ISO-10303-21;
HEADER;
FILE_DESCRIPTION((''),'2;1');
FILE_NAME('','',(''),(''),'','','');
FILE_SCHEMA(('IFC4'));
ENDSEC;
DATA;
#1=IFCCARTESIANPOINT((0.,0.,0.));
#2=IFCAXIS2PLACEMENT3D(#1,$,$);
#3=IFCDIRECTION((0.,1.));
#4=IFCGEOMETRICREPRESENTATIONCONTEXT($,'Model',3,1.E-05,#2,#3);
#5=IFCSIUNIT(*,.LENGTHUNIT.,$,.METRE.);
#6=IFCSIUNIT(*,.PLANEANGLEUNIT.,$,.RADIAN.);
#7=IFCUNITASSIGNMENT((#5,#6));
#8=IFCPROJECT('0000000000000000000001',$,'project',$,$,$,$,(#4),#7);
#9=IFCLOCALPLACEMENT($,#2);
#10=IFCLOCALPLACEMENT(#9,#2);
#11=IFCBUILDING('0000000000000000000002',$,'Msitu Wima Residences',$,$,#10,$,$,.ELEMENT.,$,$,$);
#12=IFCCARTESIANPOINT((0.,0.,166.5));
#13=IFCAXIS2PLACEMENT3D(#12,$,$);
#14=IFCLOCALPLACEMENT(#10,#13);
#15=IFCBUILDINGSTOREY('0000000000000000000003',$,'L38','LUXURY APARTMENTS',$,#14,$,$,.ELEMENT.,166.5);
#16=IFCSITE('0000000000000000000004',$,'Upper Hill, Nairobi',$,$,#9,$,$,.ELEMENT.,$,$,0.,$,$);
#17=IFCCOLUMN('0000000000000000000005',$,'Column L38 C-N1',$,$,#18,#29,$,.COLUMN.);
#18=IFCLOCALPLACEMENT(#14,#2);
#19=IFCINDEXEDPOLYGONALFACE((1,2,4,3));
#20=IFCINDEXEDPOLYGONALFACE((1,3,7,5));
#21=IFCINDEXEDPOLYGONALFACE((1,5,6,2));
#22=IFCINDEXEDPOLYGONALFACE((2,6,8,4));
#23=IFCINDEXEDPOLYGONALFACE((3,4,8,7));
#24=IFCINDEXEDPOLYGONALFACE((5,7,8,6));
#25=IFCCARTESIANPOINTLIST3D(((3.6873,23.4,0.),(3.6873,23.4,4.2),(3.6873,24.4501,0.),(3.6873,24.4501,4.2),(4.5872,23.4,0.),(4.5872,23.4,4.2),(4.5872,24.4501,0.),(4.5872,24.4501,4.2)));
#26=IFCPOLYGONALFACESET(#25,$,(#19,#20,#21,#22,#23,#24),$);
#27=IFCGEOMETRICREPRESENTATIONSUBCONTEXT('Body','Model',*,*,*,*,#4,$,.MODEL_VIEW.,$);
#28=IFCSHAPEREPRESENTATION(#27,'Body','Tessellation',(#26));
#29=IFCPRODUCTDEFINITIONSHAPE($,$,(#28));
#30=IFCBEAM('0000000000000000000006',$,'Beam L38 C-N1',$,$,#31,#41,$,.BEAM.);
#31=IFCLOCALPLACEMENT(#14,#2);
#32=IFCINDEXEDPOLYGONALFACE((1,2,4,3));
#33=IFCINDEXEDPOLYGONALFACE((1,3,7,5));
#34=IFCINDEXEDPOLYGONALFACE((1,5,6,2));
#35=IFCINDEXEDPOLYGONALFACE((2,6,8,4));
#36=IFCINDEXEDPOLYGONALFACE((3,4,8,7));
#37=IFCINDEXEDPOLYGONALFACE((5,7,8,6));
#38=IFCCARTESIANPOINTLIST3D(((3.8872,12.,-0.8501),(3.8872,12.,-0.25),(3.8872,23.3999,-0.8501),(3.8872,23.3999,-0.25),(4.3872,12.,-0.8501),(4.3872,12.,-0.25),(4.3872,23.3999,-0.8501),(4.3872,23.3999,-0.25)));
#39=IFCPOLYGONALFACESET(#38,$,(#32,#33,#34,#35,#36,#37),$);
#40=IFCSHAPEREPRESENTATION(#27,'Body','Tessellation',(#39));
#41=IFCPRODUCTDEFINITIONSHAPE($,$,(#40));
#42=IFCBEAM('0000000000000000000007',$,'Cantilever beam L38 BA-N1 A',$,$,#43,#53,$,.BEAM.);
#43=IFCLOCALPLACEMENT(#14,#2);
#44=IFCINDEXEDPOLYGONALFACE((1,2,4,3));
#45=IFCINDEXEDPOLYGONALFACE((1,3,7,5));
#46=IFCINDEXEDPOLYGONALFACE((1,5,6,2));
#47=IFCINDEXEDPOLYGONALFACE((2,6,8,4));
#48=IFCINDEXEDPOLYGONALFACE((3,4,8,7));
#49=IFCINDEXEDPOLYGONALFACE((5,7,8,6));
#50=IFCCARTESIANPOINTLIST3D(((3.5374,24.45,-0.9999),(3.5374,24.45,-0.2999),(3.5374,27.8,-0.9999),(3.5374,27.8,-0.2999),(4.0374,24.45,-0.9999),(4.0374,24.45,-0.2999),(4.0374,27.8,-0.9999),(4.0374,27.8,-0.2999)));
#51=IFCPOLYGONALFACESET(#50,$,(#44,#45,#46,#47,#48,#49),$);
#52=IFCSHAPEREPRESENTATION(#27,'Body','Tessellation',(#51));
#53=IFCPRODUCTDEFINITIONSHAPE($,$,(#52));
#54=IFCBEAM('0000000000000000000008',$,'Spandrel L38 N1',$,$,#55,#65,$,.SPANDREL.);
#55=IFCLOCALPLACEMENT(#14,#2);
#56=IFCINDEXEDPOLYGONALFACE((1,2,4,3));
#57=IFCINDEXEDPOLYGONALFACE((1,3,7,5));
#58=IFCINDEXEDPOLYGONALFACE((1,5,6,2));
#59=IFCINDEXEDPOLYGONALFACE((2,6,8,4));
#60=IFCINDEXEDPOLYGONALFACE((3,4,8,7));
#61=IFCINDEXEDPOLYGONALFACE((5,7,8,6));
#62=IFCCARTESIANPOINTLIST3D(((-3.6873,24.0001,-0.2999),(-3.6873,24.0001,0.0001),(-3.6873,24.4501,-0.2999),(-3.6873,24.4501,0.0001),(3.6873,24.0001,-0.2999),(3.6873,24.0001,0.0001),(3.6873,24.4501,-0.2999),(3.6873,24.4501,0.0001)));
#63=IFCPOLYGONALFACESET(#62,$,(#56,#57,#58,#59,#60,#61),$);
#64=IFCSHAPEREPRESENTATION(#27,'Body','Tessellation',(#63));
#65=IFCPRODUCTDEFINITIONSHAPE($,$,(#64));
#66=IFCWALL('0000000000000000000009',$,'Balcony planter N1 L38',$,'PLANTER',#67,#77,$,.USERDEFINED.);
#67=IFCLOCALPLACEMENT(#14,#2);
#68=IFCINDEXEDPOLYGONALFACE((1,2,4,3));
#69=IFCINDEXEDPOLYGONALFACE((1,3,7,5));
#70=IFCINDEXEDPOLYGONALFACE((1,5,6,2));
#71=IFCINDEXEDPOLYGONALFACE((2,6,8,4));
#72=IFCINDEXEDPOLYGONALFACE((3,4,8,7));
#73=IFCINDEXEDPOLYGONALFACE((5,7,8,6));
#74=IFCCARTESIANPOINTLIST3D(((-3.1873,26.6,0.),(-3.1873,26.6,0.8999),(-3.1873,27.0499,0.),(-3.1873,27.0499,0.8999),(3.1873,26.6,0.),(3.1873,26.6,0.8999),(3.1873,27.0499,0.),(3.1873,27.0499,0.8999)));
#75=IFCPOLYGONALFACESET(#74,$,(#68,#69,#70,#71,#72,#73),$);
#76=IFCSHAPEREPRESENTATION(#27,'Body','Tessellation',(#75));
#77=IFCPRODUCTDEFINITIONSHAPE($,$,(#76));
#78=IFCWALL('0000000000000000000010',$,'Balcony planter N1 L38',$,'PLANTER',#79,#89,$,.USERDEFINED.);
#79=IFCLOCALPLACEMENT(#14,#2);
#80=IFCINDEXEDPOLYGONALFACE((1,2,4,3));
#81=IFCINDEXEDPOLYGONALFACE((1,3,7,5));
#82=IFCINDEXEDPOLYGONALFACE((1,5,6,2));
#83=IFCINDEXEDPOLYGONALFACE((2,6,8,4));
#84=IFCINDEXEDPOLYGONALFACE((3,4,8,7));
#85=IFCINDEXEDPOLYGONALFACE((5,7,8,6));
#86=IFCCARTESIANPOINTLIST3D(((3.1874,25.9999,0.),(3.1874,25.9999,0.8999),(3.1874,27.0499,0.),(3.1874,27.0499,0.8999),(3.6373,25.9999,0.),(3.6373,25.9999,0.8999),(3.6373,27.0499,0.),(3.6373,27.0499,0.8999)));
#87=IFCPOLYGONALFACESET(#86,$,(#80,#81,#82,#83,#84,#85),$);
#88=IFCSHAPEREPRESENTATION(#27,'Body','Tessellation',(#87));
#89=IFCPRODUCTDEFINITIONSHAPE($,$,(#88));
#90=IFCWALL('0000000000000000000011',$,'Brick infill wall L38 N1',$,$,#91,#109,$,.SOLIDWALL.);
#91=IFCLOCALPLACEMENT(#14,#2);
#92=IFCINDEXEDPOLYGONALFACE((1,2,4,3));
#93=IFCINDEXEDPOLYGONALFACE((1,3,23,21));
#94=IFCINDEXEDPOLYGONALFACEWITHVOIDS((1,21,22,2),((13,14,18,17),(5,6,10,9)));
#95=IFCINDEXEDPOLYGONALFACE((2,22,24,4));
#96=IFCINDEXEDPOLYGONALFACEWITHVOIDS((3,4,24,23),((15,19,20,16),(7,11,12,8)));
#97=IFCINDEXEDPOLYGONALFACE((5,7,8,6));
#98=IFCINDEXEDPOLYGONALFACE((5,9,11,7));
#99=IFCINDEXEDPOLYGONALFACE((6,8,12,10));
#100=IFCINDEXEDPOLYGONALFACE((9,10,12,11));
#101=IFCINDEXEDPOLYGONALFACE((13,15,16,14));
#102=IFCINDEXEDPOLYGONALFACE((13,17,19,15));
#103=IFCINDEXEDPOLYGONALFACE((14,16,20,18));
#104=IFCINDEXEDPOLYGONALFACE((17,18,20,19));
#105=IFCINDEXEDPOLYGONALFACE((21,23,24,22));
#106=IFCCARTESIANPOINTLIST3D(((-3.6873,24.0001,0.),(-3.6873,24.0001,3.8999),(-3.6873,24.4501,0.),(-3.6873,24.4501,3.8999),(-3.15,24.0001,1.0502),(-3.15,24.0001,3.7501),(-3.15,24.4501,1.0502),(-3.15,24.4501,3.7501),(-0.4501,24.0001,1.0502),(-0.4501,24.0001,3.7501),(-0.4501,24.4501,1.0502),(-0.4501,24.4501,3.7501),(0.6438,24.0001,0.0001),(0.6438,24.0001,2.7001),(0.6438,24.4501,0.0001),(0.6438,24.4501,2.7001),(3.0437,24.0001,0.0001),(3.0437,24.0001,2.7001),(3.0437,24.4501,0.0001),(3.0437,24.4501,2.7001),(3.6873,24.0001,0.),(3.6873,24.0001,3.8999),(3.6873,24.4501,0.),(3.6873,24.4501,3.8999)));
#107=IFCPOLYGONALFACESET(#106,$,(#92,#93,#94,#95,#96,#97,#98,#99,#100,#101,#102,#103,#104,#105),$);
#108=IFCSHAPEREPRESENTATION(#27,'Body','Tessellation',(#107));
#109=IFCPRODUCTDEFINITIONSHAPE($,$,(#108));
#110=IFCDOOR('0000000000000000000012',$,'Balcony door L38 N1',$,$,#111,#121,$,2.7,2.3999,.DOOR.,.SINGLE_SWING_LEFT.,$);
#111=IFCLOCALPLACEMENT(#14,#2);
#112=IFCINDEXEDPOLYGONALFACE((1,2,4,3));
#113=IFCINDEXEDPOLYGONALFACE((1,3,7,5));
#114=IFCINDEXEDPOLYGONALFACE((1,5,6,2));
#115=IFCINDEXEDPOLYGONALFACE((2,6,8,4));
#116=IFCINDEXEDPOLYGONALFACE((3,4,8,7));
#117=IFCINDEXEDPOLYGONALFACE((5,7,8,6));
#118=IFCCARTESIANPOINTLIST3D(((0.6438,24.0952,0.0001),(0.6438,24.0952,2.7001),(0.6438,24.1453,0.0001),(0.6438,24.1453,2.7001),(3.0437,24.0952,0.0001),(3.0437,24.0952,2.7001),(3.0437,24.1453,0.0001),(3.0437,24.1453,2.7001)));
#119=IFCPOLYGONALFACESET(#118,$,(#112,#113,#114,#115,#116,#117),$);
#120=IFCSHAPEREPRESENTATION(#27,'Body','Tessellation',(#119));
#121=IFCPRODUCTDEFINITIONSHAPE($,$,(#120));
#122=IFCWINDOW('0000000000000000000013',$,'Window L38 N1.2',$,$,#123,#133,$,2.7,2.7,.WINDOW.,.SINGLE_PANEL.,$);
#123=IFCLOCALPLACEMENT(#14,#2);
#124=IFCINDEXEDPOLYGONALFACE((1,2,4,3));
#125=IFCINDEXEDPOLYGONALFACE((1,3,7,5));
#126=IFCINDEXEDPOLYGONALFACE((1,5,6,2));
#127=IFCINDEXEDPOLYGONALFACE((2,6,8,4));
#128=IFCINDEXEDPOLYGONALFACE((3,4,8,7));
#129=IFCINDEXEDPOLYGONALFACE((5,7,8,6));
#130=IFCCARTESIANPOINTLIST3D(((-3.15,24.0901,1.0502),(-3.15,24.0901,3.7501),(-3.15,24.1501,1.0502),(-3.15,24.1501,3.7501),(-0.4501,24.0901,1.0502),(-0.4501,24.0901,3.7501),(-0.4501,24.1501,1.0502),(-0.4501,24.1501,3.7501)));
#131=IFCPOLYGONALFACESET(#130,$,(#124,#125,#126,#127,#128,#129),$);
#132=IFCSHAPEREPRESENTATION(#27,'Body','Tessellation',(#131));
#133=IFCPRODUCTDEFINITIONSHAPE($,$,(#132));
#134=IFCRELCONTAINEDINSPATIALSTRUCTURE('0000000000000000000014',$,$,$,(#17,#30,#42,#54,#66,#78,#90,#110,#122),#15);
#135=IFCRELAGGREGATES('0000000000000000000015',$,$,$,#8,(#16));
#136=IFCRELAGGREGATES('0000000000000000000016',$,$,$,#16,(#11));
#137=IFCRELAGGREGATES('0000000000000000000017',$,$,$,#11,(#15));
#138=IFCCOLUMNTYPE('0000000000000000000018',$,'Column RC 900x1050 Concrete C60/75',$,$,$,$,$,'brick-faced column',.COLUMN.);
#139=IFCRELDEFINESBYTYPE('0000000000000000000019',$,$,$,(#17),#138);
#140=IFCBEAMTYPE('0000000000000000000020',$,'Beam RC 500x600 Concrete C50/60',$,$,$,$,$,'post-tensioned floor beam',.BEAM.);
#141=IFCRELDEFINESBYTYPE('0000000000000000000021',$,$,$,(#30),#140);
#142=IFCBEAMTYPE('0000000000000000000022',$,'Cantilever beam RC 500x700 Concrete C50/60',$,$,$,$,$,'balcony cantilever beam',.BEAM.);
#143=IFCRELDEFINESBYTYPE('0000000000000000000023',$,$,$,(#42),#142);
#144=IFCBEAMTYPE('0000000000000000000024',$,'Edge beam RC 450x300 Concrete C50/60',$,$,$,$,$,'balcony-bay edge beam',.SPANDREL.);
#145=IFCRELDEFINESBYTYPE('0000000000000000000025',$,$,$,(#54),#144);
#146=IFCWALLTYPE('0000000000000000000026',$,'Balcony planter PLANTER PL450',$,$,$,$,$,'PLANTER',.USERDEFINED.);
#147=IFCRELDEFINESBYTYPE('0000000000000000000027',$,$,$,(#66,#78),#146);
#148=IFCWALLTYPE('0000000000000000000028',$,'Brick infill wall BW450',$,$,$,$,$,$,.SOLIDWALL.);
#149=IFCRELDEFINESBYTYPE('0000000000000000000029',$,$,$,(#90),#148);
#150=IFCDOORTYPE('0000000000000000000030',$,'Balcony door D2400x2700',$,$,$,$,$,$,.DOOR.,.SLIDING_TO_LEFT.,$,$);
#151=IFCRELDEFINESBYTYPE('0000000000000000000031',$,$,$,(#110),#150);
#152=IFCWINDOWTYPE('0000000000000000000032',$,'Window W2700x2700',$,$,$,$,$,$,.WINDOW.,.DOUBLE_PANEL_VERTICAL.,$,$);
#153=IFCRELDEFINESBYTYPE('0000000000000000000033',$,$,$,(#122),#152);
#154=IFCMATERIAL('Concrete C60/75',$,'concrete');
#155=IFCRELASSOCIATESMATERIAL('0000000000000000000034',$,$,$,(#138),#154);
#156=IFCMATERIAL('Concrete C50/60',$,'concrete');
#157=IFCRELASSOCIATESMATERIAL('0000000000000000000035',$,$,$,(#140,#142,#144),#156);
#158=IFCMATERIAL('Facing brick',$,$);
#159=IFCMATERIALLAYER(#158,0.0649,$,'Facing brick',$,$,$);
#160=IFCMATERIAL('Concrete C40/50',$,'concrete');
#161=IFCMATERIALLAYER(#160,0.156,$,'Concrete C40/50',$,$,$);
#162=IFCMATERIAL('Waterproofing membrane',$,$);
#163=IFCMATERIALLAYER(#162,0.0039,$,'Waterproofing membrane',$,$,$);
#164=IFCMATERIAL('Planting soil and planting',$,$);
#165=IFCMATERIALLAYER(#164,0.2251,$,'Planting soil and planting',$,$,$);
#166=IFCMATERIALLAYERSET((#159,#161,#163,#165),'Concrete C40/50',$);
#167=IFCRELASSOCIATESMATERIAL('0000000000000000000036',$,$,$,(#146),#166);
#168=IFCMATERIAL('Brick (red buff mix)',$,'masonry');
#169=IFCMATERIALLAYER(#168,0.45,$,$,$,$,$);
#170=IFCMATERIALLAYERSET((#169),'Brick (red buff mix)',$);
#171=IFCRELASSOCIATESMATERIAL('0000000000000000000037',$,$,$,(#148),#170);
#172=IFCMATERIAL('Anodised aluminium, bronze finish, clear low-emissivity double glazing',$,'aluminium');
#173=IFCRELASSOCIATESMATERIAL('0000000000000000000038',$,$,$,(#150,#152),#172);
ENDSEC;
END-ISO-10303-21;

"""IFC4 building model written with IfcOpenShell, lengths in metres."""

from ifc_helpers import new_model, si_unit, direction, frame, frame_2d, origin, origin_2d, place, context, subcontext, project, spatial, rectangle, extrude, material, layer, layer_set, material_profile, profile_set, type_object, element, fill, save


model = new_model("IFC4")

# Units and contexts
model_context = context("Model", 3, precision=1e-05, world=origin(), true_north=direction((0.0, 1.0)))
body_context = subcontext(model_context, "Body", "Model", "MODEL_VIEW")
ifc_project = project(units=[si_unit("LENGTHUNIT", "METRE"), si_unit("PLANEANGLEUNIT", "RADIAN")], contexts=[model_context])

# Site, building, storey
site_placement = place(None, origin())
site = spatial("IfcSite", under=ifc_project, at=site_placement, Name="Upper Hill, Nairobi", CompositionType="ELEMENT", RefElevation=0.0)
building_placement = place(site_placement, origin())
building = spatial("IfcBuilding", under=site, at=building_placement, Name="Msitu Wima Residences", CompositionType="ELEMENT")
storey_placement = place(building_placement, frame((0.0, 0.0, 166.5)))
storey = spatial("IfcBuildingStorey", under=building, at=storey_placement, Name="L38", Description="LUXURY APARTMENTS", CompositionType="ELEMENT", Elevation=166.5)

# Column
ifc_material_1 = material(Name="Concrete C60/75", Category="concrete")
ifc_material_profile_1 = material_profile(ifc_material_1, rectangle(XDim=0.8999, YDim=1.05, at=origin_2d()), Name="RC 900x1050")
ifc_profile_set_1 = profile_set([ifc_material_profile_1], Name="Concrete C60/75")
column_type = type_object("IfcColumnType", Name="Column RC 900x1050 Concrete C60/75", ElementType="brick-faced column", PredefinedType="COLUMN", material=ifc_profile_set_1)
column_placement = place(storey_placement, frame((4.1372, 23.925, 0.0), z_axis=(0.0, 0.0, 1.0), x_axis=(-1.0, 0.0, 0.0)))
element("IfcColumn", 1, at=column_placement, inside=storey, type_object=column_type, Name="Column L38 C-N1", PredefinedType="COLUMN", context=body_context, shape_type="SweptSolid", body=[
    extrude(rectangle(XDim=0.8999, YDim=1.05, at=origin_2d()), origin(), (0.0, 0.0, 1.0), 4.2),
])

# Beams
ifc_material_2 = material(Name="Concrete C50/60", Category="concrete")
ifc_material_profile_2 = material_profile(ifc_material_2, rectangle(XDim=0.5, YDim=0.6001, at=origin_2d()), Name="RC 500x600")
ifc_profile_set_2 = profile_set([ifc_material_profile_2], Name="Concrete C50/60")
beam_type_1 = type_object("IfcBeamType", Name="Beam RC 500x600 Concrete C50/60", ElementType="post-tensioned floor beam", PredefinedType="BEAM", material=ifc_profile_set_2)
beam_1_placement = place(storey_placement, frame((4.1372, 23.3999, -0.55), z_axis=(0.0, -1.0, 0.0), x_axis=(1.0, 0.0, 0.0)))
element("IfcBeam", 2, at=beam_1_placement, inside=storey, type_object=beam_type_1, Name="Beam L38 C-N1", PredefinedType="BEAM", context=body_context, shape_type="SweptSolid", body=[
    extrude(rectangle(XDim=0.5, YDim=0.6001, at=origin_2d()), origin(), (0.0, 0.0, 1.0), 11.3999),
])
ifc_material_profile_3 = material_profile(ifc_material_2, rectangle(XDim=0.5, YDim=0.7, at=origin_2d()), Name="RC 500x700")
ifc_profile_set_3 = profile_set([ifc_material_profile_3], Name="Concrete C50/60")
beam_type_2 = type_object("IfcBeamType", Name="Cantilever beam RC 500x700 Concrete C50/60", ElementType="balcony cantilever beam", PredefinedType="BEAM", material=ifc_profile_set_3)
beam_2_placement = place(storey_placement, frame((3.7874, 24.45, -0.6499), z_axis=(0.0, 1.0, 0.0), x_axis=(-1.0, 0.0, 0.0)))
element("IfcBeam", 3, at=beam_2_placement, inside=storey, type_object=beam_type_2, Name="Cantilever beam L38 BA-N1 A", PredefinedType="BEAM", context=body_context, shape_type="SweptSolid", body=[
    extrude(rectangle(XDim=0.5, YDim=0.7, at=origin_2d()), origin(), (0.0, 0.0, 1.0), 3.3501),
])
ifc_material_profile_4 = material_profile(ifc_material_2, rectangle(XDim=0.45, YDim=0.3, at=origin_2d()), Name="RC 450x300")
ifc_profile_set_4 = profile_set([ifc_material_profile_4], Name="Concrete C50/60")
beam_type_3 = type_object("IfcBeamType", Name="Edge beam RC 450x300 Concrete C50/60", ElementType="balcony-bay edge beam", PredefinedType="SPANDREL", material=ifc_profile_set_4)
beam_3_placement = place(storey_placement, frame((3.6873, 24.2251, -0.1499), z_axis=(-1.0, 0.0, 0.0), x_axis=(0.0, -1.0, 0.0)))
element("IfcBeam", 4, at=beam_3_placement, inside=storey, type_object=beam_type_3, Name="Spandrel L38 N1", PredefinedType="SPANDREL", context=body_context, shape_type="SweptSolid", body=[
    extrude(rectangle(XDim=0.45, YDim=0.3, at=origin_2d()), origin(), (0.0, 0.0, 1.0), 7.3745),
])

# Walls
ifc_material_3 = material(Name="Facing brick")
ifc_layer_1 = layer(ifc_material_3, 0.0649, Name="Facing brick")
ifc_material_4 = material(Name="Concrete C40/50", Category="concrete")
ifc_layer_2 = layer(ifc_material_4, 0.156, Name="Concrete C40/50")
ifc_material_5 = material(Name="Waterproofing membrane")
ifc_layer_3 = layer(ifc_material_5, 0.0039, Name="Waterproofing membrane")
ifc_material_6 = material(Name="Planting soil and planting")
ifc_layer_4 = layer(ifc_material_6, 0.2251, Name="Planting soil and planting")
ifc_layer_set_1 = layer_set([ifc_layer_1, ifc_layer_2, ifc_layer_3, ifc_layer_4], Name="Concrete C40/50")
wall_type_1 = type_object("IfcWallType", Name="Balcony planter PLANTER PL450", ElementType="PLANTER", PredefinedType="USERDEFINED", material=ifc_layer_set_1)
wall_1_placement = place(storey_placement, frame((3.1873, 26.825, 0.0), z_axis=(0.0, 0.0, 1.0), x_axis=(-1.0, 0.0, 0.0)))
element("IfcWall", 5, at=wall_1_placement, inside=storey, type_object=wall_type_1, Name="Balcony planter N1 L38", ObjectType="PLANTER", PredefinedType="USERDEFINED", context=body_context, shape_type="SweptSolid", body=[
    extrude(rectangle(XDim=6.3745, YDim=0.45, at=frame_2d((3.1873, 0.0))), origin(), (0.0, 0.0, 1.0), 0.8999),
])
wall_2_placement = place(storey_placement, frame((3.4124, 26.0, 0.0), z_axis=(0.0, 0.0, 1.0), x_axis=(0.0, 1.0, 0.0)))
element("IfcWall", 6, at=wall_2_placement, inside=storey, type_object=wall_type_1, Name="Balcony planter N1 L38", ObjectType="PLANTER", PredefinedType="USERDEFINED", context=body_context, shape_type="SweptSolid", body=[
    extrude(rectangle(XDim=1.05, YDim=0.45, at=frame_2d((0.5249, 0.0))), origin(), (0.0, 0.0, 1.0), 0.8999),
])

# Wall, openings, door, window
ifc_material_7 = material(Name="Brick (red buff mix)", Category="masonry")
ifc_layer_5 = layer(ifc_material_7, 0.45)
ifc_layer_set_2 = layer_set([ifc_layer_5], Name="Brick (red buff mix)")
wall_type_2 = type_object("IfcWallType", Name="Brick infill wall BW450", PredefinedType="SOLIDWALL", material=ifc_layer_set_2)
wall_3_placement = place(storey_placement, frame((3.6873, 24.2251, 0.0), z_axis=(0.0, 0.0, 1.0), x_axis=(-1.0, 0.0, 0.0)))
wall_3 = element("IfcWall", 7, at=wall_3_placement, inside=storey, type_object=wall_type_2, Name="Brick infill wall L38 N1", PredefinedType="SOLIDWALL", context=body_context, shape_type="SweptSolid", body=[
    extrude(rectangle(XDim=7.3745, YDim=0.45, at=frame_2d((3.6873, 0.0))), origin(), (0.0, 0.0, 1.0), 3.8999),
])
opening_1_placement = place(wall_3_placement, frame((0.6436, 0.0, 0.0)))
opening_1 = element("IfcOpeningElement", 8, at=opening_1_placement, cuts=wall_3, PredefinedType="OPENING", context=body_context, shape_type="SweptSolid", body=[
    extrude(rectangle(XDim=2.3999, YDim=2.7, at=frame_2d((1.2, 1.3501))), frame((0.0, 0.2349, 0.0), z_axis=(0.0, -1.0, 0.0), x_axis=(1.0, 0.0, 0.0)), (0.0, 0.0, 1.0), 0.47),
])
opening_2_placement = place(wall_3_placement, frame((4.1372, 0.0, 1.05)))
opening_2 = element("IfcOpeningElement", 9, at=opening_2_placement, cuts=wall_3, PredefinedType="OPENING", context=body_context, shape_type="SweptSolid", body=[
    extrude(rectangle(XDim=2.7, YDim=2.7, at=frame_2d((1.3501, 1.3501))), frame((0.0, 0.2349, 0.0), z_axis=(0.0, -1.0, 0.0), x_axis=(1.0, 0.0, 0.0)), (0.0, 0.0, 1.0), 0.47),
])
ifc_material_8 = material(Name="Anodised aluminium, bronze finish, clear low-emissivity double glazing", Category="aluminium")
door_type_1 = type_object("IfcDoorType", Name="Balcony door D2400x2700", OperationType="SLIDING_TO_LEFT", PredefinedType="DOOR", material=ifc_material_8)
door_1_placement = place(opening_1_placement, origin())
door_1 = element("IfcDoor", 10, at=door_1_placement, inside=storey, type_object=door_type_1, Name="Balcony door L38 N1", OperationType="SINGLE_SWING_LEFT", OverallHeight=2.7, OverallWidth=2.3999, PredefinedType="DOOR", context=body_context, shape_type="SweptSolid", body=[
    extrude(rectangle(XDim=2.3999, YDim=2.7, at=frame_2d((1.2, 1.3501))), frame((0.0, 0.1299, 0.0), z_axis=(0.0, -1.0, 0.0), x_axis=(1.0, 0.0, 0.0)), (0.0, 0.0, 1.0), 0.05),
])
fill(opening_1, door_1)
window_type = type_object("IfcWindowType", Name="Window W2700x2700", PartitioningType="DOUBLE_PANEL_VERTICAL", PredefinedType="WINDOW", material=ifc_material_8)
window_placement = place(opening_2_placement, origin())
window = element("IfcWindow", 11, at=window_placement, inside=storey, type_object=window_type, Name="Window L38 N1.2", OverallHeight=2.7, OverallWidth=2.7, PartitioningType="SINGLE_PANEL", PredefinedType="WINDOW", context=body_context, shape_type="SweptSolid", body=[
    extrude(rectangle(XDim=2.7, YDim=2.7, at=frame_2d((1.3501, 1.3501))), frame((0.0, 0.135, 0.0), z_axis=(0.0, -1.0, 0.0), x_axis=(1.0, 0.0, 0.0)), (0.0, 0.0, 1.0), 0.0601),
])
fill(opening_2, window)

save(model, "model.ifc")
